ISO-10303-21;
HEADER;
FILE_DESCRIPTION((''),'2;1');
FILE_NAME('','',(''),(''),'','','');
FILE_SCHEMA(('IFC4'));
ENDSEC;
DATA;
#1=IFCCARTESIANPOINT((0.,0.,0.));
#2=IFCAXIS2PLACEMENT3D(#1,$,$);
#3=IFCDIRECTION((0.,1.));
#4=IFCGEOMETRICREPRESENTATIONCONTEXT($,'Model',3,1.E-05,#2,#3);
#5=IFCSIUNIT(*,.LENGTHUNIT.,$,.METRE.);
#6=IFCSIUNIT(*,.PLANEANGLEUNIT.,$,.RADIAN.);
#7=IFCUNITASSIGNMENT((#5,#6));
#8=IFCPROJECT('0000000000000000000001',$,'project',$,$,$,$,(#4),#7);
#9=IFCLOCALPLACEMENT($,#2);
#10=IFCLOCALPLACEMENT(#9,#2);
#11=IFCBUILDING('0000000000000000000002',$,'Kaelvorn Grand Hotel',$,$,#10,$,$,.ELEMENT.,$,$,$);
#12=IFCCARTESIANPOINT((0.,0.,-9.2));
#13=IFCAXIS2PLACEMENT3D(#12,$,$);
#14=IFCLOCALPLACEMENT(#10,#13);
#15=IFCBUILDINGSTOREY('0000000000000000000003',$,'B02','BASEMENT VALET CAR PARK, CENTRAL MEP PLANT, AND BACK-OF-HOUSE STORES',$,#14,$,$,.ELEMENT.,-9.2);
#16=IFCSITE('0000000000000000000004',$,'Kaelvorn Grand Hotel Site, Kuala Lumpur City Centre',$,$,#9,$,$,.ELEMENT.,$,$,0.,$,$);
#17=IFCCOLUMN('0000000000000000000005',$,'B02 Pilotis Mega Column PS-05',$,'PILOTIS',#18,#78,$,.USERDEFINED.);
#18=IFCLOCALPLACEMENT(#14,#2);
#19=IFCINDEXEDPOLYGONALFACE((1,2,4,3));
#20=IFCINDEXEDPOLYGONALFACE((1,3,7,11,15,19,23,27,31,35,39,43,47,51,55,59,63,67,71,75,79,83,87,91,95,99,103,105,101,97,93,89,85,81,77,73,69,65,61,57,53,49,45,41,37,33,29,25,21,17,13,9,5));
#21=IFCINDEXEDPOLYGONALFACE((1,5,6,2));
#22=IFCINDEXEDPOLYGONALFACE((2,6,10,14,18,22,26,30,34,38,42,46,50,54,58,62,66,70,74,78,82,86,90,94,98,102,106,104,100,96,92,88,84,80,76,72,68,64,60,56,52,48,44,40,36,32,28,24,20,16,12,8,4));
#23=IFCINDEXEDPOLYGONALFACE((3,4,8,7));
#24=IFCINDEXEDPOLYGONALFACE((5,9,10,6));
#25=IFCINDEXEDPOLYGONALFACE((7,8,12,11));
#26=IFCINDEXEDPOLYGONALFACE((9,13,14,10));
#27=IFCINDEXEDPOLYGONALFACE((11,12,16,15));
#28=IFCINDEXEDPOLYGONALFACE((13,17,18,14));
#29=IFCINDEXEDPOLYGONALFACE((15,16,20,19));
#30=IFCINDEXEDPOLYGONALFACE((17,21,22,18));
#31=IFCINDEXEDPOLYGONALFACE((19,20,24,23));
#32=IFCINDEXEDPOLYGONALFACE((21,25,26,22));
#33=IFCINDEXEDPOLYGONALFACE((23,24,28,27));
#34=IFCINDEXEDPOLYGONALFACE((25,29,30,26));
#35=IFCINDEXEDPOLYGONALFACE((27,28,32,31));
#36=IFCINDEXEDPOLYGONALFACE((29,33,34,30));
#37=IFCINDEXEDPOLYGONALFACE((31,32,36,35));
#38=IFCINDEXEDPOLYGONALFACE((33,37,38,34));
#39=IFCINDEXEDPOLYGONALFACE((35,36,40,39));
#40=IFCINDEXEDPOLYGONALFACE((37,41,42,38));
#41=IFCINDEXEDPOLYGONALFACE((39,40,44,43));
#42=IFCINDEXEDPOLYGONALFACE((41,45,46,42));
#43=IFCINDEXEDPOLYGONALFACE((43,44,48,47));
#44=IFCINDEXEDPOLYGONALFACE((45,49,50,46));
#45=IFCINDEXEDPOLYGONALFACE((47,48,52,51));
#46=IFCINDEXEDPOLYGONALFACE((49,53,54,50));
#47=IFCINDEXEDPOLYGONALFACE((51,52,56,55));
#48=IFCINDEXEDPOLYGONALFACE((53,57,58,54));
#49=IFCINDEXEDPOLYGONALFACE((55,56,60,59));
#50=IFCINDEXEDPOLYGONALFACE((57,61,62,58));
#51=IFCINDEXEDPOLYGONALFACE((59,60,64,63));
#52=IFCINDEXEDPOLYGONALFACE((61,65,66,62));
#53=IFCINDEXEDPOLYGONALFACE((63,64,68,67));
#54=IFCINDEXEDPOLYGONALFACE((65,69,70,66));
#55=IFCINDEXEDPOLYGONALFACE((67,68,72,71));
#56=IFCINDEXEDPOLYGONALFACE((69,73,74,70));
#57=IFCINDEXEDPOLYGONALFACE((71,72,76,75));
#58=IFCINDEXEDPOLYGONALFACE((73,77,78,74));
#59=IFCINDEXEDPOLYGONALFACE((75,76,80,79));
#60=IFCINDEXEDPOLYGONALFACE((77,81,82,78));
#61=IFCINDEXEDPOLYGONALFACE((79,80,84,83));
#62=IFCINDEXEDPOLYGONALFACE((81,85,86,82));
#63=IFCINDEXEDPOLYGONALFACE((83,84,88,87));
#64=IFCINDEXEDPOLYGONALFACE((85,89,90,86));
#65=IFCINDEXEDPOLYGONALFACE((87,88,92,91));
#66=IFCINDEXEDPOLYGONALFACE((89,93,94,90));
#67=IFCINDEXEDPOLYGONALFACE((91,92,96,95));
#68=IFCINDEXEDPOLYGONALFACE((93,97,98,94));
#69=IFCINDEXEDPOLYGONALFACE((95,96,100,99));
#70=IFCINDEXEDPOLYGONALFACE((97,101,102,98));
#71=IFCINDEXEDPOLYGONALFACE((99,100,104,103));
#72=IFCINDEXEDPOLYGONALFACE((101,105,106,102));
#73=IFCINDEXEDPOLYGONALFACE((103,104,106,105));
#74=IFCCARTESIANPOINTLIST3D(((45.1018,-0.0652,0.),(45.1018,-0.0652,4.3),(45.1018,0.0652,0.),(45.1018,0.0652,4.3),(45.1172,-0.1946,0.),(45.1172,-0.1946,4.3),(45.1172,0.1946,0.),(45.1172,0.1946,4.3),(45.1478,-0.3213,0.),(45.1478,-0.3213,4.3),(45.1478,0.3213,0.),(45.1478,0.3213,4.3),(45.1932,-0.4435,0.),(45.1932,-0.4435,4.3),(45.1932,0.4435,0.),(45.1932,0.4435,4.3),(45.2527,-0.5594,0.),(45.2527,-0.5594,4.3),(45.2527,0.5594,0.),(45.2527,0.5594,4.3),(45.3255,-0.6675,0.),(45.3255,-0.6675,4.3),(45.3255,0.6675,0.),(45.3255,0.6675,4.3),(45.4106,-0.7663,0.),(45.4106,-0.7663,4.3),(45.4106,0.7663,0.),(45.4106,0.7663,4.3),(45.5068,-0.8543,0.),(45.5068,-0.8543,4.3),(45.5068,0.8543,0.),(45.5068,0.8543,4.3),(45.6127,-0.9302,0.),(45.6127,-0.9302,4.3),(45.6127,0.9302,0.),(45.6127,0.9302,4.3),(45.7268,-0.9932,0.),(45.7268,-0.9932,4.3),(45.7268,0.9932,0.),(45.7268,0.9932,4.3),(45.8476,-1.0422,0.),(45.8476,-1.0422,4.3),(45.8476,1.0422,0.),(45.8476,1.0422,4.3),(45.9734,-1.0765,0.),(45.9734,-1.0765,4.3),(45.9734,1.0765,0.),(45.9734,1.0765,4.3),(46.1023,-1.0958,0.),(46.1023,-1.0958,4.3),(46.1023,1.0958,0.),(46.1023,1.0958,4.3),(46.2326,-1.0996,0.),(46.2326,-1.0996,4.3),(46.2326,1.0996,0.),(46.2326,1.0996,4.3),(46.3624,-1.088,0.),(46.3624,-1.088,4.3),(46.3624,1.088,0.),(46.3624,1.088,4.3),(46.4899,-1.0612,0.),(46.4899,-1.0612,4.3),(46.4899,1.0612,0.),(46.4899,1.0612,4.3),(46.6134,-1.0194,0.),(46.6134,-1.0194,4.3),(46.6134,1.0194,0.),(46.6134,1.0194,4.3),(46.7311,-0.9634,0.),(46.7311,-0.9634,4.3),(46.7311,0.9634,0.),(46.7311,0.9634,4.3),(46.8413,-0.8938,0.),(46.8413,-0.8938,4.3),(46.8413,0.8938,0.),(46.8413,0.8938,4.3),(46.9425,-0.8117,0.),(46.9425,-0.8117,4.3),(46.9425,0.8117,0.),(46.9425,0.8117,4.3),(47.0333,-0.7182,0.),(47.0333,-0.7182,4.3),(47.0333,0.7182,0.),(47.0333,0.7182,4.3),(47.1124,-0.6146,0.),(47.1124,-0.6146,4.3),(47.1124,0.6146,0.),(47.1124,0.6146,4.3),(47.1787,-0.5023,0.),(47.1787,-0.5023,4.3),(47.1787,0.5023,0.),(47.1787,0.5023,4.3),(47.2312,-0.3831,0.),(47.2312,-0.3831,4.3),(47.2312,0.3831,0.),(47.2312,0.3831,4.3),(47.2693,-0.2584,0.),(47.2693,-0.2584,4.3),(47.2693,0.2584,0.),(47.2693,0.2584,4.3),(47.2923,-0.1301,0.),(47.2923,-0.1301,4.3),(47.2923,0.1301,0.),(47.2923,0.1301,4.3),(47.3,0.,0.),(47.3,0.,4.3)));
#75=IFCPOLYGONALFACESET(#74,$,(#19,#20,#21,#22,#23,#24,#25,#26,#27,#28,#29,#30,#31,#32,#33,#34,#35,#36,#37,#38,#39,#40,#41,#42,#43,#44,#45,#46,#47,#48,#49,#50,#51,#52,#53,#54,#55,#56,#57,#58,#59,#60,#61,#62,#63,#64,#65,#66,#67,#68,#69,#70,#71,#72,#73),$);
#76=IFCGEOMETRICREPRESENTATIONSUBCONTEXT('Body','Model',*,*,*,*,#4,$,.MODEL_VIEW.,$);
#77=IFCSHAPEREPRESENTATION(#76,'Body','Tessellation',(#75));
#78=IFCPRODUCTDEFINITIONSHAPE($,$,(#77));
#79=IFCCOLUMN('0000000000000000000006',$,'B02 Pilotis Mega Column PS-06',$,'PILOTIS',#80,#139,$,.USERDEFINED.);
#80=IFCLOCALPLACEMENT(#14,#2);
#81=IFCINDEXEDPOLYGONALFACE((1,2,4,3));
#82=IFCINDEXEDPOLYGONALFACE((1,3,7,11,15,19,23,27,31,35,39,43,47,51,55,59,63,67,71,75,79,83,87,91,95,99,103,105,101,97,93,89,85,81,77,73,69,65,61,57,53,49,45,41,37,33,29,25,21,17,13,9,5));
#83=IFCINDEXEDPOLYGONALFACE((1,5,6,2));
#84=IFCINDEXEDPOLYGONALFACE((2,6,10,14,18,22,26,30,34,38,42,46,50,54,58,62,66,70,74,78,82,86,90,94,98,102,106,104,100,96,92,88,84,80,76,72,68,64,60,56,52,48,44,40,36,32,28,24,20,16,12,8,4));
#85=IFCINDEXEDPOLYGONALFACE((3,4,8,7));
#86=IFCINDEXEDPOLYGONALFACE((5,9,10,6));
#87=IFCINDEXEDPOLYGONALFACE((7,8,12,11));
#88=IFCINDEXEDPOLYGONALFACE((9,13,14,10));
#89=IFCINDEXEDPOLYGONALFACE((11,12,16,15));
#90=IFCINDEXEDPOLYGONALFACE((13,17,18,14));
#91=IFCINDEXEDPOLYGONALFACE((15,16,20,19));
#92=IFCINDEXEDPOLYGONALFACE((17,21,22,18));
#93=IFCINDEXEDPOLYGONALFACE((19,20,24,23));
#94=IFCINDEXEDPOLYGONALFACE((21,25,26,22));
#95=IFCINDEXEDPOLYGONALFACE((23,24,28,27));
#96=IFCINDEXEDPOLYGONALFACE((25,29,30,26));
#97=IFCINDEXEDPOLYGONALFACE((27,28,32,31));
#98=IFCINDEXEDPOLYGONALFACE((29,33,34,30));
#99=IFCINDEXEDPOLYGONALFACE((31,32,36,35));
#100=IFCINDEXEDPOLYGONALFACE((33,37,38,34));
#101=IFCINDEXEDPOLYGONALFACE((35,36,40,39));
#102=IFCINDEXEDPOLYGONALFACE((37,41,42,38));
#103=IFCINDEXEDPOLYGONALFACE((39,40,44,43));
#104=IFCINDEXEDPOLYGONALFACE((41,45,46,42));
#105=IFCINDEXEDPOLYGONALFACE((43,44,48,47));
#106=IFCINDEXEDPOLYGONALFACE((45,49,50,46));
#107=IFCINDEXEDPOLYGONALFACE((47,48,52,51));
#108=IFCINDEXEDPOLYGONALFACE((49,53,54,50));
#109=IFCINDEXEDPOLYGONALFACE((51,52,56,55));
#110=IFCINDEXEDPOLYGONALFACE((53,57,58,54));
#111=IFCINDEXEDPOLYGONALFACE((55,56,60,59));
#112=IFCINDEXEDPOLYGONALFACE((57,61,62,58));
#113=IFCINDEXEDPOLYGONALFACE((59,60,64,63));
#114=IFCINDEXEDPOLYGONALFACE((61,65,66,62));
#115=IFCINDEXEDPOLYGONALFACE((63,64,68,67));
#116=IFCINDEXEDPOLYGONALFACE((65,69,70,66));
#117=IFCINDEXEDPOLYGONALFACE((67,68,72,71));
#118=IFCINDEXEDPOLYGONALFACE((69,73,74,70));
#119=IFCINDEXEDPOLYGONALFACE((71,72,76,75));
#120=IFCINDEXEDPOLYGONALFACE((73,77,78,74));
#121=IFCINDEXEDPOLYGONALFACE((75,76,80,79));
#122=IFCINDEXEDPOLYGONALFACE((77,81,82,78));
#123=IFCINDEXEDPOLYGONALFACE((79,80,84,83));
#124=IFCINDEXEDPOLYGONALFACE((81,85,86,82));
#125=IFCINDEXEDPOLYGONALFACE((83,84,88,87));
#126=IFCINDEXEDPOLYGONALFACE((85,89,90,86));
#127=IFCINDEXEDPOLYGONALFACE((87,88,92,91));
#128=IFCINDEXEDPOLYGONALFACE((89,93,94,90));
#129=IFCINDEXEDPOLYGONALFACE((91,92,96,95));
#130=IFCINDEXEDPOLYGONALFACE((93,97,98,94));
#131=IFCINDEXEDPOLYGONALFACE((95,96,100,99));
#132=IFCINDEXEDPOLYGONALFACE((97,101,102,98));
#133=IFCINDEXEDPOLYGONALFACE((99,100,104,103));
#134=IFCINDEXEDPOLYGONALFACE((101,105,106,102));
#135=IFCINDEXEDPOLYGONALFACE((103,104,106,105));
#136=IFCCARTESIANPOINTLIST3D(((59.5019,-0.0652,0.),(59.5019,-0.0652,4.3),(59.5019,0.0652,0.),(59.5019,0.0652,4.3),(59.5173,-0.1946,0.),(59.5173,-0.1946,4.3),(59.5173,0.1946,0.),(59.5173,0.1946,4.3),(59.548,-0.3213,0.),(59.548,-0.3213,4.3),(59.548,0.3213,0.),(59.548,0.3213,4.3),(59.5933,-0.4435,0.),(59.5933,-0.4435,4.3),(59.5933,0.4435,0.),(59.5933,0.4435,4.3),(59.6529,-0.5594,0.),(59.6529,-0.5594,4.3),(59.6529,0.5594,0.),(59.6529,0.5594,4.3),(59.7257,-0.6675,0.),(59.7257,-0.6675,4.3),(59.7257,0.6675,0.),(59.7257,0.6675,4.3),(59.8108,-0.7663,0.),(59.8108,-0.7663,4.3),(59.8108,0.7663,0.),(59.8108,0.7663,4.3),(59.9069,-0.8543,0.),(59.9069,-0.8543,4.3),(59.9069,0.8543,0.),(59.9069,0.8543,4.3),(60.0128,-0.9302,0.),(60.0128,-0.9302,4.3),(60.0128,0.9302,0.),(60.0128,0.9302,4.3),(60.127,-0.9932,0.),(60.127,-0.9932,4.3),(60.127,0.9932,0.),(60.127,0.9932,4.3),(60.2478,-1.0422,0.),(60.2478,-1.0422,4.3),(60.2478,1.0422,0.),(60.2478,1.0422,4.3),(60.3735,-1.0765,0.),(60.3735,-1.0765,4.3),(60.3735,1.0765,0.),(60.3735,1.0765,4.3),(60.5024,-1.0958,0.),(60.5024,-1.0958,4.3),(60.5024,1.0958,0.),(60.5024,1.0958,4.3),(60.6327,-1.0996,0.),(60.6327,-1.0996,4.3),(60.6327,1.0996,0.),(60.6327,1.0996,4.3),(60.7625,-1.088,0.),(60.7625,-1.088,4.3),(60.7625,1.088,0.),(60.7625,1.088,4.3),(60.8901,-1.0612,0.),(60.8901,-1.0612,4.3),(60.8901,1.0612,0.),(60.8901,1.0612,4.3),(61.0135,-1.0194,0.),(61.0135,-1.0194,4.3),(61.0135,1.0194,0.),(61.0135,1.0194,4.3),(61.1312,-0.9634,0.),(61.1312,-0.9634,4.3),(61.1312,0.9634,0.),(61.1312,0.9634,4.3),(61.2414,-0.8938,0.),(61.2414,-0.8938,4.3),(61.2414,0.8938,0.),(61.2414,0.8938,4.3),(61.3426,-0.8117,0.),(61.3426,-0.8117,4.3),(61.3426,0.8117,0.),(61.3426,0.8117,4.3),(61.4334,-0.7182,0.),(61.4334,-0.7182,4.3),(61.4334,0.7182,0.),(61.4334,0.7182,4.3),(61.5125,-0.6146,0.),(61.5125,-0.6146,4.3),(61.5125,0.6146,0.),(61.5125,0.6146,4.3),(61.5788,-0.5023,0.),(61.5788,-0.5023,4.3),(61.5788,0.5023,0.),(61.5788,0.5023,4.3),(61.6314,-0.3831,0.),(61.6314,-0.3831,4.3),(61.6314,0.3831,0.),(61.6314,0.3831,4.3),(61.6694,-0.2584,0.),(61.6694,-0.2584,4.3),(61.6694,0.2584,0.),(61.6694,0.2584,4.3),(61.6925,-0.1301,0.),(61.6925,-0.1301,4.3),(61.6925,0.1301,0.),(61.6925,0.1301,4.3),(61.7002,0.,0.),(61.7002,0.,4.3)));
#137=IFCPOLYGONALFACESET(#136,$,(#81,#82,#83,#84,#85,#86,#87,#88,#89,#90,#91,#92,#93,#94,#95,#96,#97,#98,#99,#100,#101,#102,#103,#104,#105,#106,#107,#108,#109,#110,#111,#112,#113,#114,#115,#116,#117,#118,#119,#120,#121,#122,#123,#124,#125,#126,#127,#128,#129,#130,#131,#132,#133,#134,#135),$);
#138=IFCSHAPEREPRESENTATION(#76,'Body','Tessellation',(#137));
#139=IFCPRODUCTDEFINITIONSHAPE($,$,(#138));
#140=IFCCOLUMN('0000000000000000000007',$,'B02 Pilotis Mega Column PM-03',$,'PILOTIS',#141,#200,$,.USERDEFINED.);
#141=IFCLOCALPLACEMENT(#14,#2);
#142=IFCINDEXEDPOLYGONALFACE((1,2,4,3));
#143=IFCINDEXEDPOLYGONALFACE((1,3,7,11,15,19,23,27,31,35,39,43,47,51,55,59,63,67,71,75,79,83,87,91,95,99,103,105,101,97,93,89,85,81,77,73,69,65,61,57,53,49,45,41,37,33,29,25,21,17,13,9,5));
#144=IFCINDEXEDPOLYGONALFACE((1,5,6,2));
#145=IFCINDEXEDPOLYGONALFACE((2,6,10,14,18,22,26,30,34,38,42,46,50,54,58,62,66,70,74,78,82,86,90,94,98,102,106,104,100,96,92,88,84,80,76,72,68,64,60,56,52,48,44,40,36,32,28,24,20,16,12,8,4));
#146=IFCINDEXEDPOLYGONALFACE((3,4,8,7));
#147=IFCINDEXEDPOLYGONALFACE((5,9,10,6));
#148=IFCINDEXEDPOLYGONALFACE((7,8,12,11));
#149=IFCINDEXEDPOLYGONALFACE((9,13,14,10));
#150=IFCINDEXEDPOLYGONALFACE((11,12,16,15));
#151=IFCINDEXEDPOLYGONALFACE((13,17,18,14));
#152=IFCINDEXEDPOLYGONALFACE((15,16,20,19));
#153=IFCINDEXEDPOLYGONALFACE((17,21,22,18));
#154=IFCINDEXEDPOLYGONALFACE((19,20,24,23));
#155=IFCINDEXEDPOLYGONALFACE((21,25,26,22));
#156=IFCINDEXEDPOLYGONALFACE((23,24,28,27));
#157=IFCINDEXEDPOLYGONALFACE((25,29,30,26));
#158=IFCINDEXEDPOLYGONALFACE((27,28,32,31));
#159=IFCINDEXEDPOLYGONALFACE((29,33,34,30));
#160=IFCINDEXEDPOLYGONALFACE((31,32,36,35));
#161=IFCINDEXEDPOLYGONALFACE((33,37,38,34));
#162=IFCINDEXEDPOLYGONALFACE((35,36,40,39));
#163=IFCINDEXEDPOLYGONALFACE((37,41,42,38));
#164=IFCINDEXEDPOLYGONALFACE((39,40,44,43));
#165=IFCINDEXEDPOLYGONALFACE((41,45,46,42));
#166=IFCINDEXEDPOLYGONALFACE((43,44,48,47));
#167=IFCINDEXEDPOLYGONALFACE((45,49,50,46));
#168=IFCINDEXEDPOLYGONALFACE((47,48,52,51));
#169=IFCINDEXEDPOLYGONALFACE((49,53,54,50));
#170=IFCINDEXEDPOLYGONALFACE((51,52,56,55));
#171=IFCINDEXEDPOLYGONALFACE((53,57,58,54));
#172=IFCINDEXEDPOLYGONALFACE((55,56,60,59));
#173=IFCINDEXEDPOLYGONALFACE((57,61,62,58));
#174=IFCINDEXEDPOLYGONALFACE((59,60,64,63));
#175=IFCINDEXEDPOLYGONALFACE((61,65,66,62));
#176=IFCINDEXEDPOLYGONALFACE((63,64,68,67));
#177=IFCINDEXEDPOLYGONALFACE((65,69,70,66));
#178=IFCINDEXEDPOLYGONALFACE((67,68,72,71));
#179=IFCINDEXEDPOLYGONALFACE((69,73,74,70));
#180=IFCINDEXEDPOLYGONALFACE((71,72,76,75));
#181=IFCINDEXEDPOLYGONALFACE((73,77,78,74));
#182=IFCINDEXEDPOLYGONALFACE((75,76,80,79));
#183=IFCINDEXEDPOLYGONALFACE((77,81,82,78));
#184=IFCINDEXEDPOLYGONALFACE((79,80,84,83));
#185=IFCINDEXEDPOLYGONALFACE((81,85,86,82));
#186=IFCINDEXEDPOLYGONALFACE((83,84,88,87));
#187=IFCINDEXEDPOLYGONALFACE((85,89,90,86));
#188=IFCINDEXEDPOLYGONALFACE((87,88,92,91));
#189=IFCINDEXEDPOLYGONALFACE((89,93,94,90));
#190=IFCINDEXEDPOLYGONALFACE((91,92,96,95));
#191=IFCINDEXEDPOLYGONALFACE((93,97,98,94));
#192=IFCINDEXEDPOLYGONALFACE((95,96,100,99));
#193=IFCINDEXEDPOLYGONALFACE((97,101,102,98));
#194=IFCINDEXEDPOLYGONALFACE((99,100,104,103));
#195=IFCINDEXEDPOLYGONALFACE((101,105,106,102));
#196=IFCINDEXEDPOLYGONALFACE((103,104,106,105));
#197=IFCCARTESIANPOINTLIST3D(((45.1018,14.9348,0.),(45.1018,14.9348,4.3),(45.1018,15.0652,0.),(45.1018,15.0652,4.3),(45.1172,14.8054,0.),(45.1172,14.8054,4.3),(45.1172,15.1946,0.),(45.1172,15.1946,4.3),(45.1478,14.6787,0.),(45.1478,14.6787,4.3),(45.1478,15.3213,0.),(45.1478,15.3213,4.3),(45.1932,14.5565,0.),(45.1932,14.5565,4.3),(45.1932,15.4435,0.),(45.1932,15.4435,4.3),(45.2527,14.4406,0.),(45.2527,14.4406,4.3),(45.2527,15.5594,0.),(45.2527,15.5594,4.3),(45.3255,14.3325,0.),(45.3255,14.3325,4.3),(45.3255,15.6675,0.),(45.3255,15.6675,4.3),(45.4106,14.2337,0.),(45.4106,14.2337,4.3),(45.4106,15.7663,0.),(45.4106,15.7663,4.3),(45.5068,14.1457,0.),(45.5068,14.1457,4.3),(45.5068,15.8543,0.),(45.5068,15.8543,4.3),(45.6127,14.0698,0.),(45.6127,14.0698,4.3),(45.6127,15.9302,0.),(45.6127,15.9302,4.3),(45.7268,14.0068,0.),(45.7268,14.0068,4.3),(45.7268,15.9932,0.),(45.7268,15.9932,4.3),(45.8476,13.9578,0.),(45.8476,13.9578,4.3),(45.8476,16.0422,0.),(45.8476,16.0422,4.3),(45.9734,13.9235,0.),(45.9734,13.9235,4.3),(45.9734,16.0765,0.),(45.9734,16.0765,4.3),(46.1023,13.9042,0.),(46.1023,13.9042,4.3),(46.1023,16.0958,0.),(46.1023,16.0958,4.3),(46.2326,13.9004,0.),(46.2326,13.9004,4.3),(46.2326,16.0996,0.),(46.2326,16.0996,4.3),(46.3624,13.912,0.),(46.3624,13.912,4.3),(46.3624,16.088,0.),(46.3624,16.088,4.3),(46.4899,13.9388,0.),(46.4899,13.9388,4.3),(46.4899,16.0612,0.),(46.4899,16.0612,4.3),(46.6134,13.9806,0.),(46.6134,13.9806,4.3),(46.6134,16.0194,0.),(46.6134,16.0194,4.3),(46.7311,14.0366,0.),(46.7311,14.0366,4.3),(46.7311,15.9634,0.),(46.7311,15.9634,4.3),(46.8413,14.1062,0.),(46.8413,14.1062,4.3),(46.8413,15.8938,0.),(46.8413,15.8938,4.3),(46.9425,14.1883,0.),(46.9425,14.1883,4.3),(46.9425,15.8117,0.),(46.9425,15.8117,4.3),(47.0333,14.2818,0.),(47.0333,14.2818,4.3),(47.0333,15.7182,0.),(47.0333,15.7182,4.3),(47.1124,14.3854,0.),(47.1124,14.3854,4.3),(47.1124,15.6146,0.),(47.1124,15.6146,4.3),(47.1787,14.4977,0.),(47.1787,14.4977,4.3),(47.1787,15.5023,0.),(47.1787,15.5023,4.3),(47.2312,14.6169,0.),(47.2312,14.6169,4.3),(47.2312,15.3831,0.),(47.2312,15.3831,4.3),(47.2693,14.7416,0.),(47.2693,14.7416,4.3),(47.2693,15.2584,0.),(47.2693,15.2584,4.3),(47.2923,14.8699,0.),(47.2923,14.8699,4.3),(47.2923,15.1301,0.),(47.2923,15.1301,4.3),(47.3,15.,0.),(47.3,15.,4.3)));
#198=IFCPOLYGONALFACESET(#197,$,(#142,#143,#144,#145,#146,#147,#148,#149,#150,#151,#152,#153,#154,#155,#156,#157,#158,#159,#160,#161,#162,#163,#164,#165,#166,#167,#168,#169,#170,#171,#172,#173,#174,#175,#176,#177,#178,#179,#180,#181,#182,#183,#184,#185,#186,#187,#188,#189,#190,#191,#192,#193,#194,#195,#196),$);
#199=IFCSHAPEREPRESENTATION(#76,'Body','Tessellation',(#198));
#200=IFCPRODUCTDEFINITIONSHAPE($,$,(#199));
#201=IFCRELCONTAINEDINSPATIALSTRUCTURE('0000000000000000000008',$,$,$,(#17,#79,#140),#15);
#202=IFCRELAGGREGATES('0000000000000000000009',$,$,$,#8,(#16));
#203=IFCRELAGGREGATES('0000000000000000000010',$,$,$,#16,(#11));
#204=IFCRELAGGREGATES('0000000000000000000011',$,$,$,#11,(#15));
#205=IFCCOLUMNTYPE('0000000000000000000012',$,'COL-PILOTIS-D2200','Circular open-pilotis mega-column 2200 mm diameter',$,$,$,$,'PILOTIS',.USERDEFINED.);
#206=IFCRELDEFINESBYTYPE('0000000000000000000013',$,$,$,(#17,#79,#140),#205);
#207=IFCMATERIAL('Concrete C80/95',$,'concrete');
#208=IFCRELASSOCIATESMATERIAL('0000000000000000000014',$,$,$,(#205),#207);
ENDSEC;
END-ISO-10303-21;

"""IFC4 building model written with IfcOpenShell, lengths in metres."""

from ifc_helpers import new_model, si_unit, direction, frame, origin, origin_2d, place, context, subcontext, project, spatial, circle, extrude, material, material_profile, profile_set, type_object, element, save


model = new_model("IFC4")

# Units and contexts
model_context = context("Model", 3, precision=1e-05, world=origin(), true_north=direction((0.0, 1.0)))
body_context = subcontext(model_context, "Body", "Model", "MODEL_VIEW")
ifc_project = project(units=[si_unit("LENGTHUNIT", "METRE"), si_unit("PLANEANGLEUNIT", "RADIAN")], contexts=[model_context])

# Site, building, storey
site_placement = place(None, origin())
site = spatial("IfcSite", under=ifc_project, at=site_placement, Name="Kaelvorn Grand Hotel Site, Kuala Lumpur City Centre", CompositionType="ELEMENT", RefElevation=0.0)
building_placement = place(site_placement, origin())
building = spatial("IfcBuilding", under=site, at=building_placement, Name="Kaelvorn Grand Hotel", CompositionType="ELEMENT")
storey_placement = place(building_placement, frame((0.0, 0.0, -9.2)))
storey = spatial("IfcBuildingStorey", under=building, at=storey_placement, Name="B02", Description="BASEMENT VALET CAR PARK, CENTRAL MEP PLANT, AND BACK-OF-HOUSE STORES", CompositionType="ELEMENT", Elevation=-9.2)

# Columns
ifc_material_1 = material(Name="Concrete C80/95", Category="concrete")
ifc_material_profile_1 = material_profile(ifc_material_1, circle(Radius=1.1001, at=origin_2d()), Name="PILOTIS D2200")
ifc_profile_set_1 = profile_set([ifc_material_profile_1], Name="Concrete C80/95")
column_type_1 = type_object("IfcColumnType", Name="COL-PILOTIS-D2200", Description="Circular open-pilotis mega-column 2200 mm diameter", ElementType="PILOTIS", PredefinedType="USERDEFINED", material=ifc_profile_set_1)
for number, where, z_axis, x_axis, name in (
    (1, (46.2, 0.0, 0.0), (0.0, 0.0, 1.0), (1.0, 0.0, 0.0), "B02 Pilotis Mega Column PS-05"),
    (2, (60.6001, 0.0, 0.0), (0.0, 0.0, 1.0), (1.0, 0.0, 0.0), "B02 Pilotis Mega Column PS-06"),
    (3, (46.2, 15.0, 0.0), (0.0, 0.0, 1.0), (1.0, 0.0, 0.0), "B02 Pilotis Mega Column PM-03"),
):
    element("IfcColumn", number, at=place(storey_placement, frame(where, z_axis=z_axis, x_axis=x_axis)), inside=storey, type_object=column_type_1, Name=name, ObjectType="PILOTIS", PredefinedType="USERDEFINED", context=body_context, shape_type="SweptSolid", body=[
        extrude(circle(Radius=1.1001, at=origin_2d()), origin(), (0.0, 0.0, 1.0), 4.3),
    ])

save(model, "model.ifc")
